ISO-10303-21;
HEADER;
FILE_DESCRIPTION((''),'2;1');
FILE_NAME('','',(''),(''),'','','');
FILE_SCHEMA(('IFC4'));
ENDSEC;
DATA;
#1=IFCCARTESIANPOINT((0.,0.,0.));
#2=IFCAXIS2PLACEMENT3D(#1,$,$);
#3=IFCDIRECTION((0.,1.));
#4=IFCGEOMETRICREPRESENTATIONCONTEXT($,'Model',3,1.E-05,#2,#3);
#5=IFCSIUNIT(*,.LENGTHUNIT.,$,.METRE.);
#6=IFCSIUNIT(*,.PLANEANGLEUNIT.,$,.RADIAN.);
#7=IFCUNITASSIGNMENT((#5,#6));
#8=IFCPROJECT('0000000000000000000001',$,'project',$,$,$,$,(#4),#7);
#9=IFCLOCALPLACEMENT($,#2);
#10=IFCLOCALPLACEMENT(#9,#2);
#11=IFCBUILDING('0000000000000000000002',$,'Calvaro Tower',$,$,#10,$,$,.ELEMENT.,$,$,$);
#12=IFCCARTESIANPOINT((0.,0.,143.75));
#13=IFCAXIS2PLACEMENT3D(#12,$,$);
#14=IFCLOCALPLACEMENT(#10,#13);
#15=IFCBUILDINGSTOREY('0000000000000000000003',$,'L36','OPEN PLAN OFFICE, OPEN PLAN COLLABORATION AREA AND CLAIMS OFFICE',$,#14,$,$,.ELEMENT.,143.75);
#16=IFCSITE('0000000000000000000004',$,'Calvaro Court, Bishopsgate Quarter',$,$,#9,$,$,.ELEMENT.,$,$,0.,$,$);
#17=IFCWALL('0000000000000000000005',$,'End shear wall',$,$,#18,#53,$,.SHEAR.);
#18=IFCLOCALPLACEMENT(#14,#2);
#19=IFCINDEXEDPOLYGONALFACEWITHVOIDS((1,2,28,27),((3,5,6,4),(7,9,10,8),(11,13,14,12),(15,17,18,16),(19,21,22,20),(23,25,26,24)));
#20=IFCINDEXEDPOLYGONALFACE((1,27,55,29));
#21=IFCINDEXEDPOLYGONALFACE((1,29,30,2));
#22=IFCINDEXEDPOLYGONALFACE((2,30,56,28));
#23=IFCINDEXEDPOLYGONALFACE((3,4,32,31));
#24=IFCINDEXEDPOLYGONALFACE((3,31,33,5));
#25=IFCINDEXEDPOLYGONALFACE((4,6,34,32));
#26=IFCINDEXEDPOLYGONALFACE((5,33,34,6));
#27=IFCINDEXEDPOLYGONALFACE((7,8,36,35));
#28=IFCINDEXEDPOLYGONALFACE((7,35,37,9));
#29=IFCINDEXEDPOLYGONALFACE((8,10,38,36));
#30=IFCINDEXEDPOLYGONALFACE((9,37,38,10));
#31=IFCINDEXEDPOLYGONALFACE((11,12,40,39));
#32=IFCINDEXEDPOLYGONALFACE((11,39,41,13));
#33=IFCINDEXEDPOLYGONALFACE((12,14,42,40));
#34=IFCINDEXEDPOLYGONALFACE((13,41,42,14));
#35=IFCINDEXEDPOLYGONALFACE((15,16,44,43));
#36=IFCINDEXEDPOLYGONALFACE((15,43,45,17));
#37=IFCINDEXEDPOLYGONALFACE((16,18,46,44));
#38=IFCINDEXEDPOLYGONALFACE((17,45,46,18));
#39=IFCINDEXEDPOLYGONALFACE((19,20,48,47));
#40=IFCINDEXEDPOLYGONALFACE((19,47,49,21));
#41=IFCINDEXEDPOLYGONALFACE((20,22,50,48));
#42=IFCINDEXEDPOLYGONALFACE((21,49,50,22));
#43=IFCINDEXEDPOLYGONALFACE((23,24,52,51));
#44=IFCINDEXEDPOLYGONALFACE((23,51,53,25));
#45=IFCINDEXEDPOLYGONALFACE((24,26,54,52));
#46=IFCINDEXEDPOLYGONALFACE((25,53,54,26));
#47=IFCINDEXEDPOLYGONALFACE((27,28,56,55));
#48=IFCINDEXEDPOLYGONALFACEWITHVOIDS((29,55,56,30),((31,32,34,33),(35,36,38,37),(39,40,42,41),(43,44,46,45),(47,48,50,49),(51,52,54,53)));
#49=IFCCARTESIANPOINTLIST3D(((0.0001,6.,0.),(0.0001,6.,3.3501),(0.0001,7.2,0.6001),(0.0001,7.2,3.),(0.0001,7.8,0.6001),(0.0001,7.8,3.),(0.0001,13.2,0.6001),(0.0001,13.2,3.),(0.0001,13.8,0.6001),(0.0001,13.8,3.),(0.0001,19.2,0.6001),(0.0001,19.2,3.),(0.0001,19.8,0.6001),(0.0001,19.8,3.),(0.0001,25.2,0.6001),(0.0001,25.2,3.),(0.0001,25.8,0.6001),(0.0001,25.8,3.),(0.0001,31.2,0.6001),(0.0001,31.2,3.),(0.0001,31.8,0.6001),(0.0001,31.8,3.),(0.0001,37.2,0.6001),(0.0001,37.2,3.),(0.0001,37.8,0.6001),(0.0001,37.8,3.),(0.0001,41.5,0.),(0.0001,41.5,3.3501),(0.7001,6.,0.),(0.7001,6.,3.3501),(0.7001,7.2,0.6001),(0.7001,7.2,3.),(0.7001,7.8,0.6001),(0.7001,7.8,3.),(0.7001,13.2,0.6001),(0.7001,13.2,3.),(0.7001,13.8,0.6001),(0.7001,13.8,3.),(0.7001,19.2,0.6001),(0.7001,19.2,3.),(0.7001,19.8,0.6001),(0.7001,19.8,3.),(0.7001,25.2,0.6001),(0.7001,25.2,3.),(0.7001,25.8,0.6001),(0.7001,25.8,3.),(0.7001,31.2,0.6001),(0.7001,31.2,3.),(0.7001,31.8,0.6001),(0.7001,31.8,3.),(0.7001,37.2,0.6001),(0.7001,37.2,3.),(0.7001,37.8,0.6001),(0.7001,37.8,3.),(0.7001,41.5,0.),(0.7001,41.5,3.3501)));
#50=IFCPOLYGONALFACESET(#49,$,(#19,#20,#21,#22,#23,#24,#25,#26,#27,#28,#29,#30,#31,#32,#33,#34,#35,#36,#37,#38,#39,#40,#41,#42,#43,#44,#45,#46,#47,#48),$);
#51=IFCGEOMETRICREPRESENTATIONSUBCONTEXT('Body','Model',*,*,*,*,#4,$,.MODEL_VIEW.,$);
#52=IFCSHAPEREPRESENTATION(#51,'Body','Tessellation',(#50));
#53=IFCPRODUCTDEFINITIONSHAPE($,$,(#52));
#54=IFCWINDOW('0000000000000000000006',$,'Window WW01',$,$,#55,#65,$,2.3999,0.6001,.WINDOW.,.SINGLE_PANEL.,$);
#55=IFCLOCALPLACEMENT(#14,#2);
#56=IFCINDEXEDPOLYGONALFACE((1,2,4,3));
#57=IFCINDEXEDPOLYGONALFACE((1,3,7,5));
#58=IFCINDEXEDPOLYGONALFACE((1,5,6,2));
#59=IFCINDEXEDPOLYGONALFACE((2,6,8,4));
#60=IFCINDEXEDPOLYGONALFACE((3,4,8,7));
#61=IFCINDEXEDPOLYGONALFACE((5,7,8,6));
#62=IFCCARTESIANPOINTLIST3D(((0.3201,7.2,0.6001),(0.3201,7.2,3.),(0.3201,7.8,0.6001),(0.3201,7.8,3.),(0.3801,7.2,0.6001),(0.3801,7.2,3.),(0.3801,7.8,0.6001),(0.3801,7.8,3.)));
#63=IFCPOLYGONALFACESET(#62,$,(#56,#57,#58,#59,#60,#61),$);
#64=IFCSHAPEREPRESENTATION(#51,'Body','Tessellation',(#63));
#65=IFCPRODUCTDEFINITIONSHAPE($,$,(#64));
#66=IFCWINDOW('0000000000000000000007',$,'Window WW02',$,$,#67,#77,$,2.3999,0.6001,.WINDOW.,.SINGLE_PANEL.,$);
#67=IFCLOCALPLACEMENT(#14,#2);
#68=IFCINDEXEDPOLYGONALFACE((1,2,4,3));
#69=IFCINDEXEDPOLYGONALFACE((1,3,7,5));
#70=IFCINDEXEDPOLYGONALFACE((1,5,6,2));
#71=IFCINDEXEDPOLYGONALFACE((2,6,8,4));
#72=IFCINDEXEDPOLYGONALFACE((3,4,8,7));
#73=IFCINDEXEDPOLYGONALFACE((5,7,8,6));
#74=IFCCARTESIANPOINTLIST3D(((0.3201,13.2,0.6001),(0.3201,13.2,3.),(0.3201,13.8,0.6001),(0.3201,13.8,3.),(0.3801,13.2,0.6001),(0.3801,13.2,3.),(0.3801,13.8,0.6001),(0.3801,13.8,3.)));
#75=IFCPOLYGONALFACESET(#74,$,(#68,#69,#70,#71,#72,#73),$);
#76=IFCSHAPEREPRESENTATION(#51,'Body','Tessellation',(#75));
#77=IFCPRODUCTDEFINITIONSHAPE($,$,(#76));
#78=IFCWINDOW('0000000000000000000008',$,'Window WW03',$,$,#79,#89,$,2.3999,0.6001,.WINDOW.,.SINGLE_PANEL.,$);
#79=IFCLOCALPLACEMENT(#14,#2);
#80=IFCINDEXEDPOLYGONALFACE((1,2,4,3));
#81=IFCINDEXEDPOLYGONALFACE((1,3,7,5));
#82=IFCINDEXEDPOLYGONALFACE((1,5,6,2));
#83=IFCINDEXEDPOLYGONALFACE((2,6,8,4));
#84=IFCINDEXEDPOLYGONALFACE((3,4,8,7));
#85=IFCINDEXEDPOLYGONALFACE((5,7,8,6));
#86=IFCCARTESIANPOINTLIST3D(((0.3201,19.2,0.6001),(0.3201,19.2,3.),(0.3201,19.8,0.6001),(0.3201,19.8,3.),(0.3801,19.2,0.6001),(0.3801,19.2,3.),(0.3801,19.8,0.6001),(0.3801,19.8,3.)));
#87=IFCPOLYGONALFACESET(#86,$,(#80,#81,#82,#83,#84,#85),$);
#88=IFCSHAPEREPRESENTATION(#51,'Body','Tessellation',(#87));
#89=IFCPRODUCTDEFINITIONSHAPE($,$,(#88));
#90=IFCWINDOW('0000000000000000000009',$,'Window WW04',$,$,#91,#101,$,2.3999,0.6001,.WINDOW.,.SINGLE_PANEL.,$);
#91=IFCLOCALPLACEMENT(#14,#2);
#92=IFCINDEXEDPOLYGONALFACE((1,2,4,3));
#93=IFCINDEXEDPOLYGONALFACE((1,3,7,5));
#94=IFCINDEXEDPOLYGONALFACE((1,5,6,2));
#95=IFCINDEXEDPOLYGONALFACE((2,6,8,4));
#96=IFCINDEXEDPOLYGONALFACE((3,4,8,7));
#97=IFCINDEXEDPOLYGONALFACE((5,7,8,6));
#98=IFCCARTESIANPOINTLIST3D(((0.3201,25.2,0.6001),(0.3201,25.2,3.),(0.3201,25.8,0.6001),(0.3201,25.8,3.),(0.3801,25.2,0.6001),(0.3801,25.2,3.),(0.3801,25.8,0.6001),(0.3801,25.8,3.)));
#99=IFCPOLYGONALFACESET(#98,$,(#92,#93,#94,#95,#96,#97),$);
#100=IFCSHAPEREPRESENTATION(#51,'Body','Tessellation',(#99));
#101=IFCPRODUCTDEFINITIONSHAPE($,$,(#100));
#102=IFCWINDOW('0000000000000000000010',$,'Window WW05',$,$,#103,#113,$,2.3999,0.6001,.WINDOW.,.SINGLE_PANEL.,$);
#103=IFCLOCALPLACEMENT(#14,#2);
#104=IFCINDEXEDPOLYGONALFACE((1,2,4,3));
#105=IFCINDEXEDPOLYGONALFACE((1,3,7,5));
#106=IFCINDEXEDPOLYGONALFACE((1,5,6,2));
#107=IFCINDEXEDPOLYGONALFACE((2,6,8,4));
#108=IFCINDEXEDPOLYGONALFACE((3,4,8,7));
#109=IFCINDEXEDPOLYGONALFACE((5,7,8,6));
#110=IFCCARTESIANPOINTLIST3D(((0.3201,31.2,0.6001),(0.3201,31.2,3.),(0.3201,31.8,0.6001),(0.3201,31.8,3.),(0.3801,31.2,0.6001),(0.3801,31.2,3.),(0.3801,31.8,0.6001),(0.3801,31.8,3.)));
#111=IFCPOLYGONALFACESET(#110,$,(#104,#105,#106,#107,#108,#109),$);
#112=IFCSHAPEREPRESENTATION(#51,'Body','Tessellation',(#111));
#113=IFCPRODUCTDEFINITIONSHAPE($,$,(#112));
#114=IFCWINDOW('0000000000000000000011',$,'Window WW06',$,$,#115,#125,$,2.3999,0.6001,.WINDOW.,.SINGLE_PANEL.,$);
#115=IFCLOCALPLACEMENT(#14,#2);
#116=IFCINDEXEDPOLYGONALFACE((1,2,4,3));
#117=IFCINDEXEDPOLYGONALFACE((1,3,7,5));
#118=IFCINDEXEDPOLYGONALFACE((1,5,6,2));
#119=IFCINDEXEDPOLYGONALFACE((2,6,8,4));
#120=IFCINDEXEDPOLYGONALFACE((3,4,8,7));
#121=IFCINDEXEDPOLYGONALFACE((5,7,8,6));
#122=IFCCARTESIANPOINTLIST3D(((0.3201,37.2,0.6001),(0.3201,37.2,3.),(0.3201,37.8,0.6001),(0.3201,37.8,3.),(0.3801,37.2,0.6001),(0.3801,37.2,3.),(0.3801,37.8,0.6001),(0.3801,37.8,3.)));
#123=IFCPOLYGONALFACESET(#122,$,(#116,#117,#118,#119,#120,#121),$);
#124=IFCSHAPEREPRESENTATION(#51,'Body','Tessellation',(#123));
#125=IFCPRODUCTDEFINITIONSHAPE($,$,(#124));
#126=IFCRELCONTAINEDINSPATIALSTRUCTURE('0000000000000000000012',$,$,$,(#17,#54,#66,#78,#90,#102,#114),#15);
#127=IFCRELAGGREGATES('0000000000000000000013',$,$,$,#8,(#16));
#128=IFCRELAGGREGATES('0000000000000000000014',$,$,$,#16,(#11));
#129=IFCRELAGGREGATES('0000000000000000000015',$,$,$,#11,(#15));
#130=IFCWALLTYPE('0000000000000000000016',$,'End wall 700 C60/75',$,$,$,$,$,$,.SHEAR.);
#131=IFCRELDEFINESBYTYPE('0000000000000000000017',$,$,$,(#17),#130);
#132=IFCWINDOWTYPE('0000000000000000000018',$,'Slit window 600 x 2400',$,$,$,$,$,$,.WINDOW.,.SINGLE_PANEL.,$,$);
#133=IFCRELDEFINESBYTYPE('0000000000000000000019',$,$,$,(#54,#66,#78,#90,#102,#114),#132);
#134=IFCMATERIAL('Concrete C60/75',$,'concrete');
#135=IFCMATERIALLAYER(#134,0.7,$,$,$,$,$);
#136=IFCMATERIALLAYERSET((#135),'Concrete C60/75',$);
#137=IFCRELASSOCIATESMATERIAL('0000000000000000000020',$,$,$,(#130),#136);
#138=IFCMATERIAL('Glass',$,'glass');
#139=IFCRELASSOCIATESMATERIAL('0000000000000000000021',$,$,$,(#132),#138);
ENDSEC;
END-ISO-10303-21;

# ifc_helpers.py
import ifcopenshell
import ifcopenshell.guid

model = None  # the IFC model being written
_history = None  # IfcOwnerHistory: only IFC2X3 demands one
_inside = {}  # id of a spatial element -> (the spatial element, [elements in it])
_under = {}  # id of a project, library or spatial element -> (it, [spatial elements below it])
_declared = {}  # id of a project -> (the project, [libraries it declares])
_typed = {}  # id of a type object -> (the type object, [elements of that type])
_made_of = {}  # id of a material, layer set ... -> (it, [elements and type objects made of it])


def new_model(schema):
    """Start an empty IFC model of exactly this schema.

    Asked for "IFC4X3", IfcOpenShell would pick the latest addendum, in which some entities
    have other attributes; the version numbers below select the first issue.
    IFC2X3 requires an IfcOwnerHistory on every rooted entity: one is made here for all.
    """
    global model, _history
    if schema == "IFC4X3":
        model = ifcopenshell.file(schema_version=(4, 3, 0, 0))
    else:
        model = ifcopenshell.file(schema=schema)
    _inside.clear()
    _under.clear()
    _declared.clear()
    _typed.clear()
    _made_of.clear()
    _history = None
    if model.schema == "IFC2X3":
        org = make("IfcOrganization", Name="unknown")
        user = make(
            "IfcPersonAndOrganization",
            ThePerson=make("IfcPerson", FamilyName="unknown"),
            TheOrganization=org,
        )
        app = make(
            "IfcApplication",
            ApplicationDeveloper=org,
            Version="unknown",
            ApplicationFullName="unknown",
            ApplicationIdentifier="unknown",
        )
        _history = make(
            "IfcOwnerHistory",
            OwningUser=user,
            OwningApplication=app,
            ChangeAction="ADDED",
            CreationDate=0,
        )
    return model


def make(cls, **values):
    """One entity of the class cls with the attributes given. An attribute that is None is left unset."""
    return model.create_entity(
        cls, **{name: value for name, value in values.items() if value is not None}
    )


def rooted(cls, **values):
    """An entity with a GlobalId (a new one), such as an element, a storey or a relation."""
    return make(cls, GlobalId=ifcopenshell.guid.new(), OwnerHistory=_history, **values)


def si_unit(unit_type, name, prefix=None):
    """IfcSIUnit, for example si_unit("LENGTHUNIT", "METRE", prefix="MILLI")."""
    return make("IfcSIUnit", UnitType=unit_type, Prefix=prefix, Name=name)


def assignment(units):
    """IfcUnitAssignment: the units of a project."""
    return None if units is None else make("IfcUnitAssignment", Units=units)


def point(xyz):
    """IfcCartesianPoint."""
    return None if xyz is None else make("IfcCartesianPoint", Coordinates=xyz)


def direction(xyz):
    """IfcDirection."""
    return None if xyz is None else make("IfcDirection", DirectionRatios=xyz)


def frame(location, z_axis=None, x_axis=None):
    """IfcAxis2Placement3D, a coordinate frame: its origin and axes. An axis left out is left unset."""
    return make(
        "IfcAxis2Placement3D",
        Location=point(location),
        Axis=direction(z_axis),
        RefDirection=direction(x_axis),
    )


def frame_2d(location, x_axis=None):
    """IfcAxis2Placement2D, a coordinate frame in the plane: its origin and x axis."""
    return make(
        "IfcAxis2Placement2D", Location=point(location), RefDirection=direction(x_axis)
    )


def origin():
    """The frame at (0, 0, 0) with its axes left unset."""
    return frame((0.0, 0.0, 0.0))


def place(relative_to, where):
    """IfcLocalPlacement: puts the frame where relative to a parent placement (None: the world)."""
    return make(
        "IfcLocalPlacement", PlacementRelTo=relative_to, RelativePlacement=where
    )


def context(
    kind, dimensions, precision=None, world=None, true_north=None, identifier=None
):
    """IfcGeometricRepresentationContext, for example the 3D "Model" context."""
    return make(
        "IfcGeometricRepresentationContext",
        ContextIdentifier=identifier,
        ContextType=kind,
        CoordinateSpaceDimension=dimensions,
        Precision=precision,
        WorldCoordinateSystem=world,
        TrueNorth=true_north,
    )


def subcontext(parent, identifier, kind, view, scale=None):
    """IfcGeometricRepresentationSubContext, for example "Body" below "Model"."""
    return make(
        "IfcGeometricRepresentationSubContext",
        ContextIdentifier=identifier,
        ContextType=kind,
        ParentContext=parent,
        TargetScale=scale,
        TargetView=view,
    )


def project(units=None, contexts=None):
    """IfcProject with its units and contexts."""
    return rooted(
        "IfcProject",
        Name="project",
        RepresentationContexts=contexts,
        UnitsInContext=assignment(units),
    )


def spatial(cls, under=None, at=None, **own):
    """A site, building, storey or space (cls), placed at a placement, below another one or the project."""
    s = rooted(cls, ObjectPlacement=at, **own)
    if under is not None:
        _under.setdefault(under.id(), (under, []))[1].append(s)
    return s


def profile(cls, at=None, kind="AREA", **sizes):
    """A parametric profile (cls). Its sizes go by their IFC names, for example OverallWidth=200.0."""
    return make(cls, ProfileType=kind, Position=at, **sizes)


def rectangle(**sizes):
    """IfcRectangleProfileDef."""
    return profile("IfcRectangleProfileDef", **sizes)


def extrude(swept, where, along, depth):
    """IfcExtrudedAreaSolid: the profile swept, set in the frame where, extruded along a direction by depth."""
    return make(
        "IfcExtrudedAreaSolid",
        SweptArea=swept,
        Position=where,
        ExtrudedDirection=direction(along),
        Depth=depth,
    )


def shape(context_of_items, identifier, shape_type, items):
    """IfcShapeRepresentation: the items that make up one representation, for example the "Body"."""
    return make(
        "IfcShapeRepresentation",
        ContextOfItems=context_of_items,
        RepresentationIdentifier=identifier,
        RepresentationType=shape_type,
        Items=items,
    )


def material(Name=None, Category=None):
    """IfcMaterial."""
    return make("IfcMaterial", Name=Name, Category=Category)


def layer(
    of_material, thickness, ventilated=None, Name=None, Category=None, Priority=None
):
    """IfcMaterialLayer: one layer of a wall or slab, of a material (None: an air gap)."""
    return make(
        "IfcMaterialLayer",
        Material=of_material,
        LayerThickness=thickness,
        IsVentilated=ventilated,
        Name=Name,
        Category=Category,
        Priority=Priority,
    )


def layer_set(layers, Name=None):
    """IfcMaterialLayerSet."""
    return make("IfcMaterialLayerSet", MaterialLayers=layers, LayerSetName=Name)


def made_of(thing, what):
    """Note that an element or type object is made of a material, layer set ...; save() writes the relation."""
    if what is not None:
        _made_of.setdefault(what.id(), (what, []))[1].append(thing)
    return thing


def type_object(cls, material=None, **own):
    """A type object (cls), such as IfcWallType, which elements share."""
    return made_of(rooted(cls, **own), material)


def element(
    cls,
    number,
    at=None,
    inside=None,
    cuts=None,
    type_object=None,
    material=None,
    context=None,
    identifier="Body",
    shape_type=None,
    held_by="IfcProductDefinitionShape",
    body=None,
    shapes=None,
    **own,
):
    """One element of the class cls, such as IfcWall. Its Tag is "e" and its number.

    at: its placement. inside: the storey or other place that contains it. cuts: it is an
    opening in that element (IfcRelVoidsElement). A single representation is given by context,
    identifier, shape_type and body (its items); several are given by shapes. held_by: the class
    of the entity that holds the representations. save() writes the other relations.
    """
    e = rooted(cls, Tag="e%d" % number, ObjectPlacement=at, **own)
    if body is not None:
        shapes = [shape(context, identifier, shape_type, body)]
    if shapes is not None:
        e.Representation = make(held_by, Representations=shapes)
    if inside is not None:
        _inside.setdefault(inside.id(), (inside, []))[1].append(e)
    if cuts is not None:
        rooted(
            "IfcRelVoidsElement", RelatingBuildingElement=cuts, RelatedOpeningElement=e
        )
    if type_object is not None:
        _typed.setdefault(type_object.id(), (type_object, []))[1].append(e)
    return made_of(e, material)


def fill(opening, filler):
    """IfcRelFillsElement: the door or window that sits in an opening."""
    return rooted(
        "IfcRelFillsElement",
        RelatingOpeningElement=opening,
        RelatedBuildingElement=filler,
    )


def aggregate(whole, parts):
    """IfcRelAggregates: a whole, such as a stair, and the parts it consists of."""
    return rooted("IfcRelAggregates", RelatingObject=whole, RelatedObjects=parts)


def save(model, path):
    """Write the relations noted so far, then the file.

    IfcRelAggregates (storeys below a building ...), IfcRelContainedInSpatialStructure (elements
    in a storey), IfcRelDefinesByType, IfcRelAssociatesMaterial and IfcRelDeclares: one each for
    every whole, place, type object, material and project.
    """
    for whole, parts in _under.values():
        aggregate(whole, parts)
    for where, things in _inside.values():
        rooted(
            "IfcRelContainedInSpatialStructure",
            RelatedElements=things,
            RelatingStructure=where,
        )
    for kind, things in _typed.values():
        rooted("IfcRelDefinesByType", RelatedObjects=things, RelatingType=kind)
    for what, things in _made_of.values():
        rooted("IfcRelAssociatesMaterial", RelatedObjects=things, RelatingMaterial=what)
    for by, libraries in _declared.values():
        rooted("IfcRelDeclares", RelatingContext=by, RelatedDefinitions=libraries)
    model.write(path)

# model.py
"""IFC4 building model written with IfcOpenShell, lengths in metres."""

from ifc_helpers import new_model, si_unit, direction, frame, frame_2d, origin, place, context, subcontext, project, spatial, rectangle, extrude, material, layer, layer_set, type_object, element, fill, save


model = new_model("IFC4")

# Units and contexts
model_context = context("Model", 3, precision=1e-05, world=origin(), true_north=direction((0.0, 1.0)))
body_context = subcontext(model_context, "Body", "Model", "MODEL_VIEW")
ifc_project = project(units=[si_unit("LENGTHUNIT", "METRE"), si_unit("PLANEANGLEUNIT", "RADIAN")], contexts=[model_context])

# Site, building, storey
site_placement = place(None, origin())
site = spatial("IfcSite", under=ifc_project, at=site_placement, Name="Calvaro Court, Bishopsgate Quarter", CompositionType="ELEMENT", RefElevation=0.0)
building_placement = place(site_placement, origin())
building = spatial("IfcBuilding", under=site, at=building_placement, Name="Calvaro Tower", CompositionType="ELEMENT")
storey_placement = place(building_placement, frame((0.0, 0.0, 143.75)))
storey = spatial("IfcBuildingStorey", under=building, at=storey_placement, Name="L36", Description="OPEN PLAN OFFICE, OPEN PLAN COLLABORATION AREA AND CLAIMS OFFICE", CompositionType="ELEMENT", Elevation=143.75)

# Wall, openings, windows
ifc_material_1 = material(Name="Concrete C60/75", Category="concrete")
ifc_layer_1 = layer(ifc_material_1, 0.7)
ifc_layer_set_1 = layer_set([ifc_layer_1], Name="Concrete C60/75")
wall_type = type_object("IfcWallType", Name="End wall 700 C60/75", PredefinedType="SHEAR", material=ifc_layer_set_1)
wall_placement = place(storey_placement, frame((0.3501, 6.0, 0.0), z_axis=(0.0, 0.0, 1.0), x_axis=(0.0, 1.0, 0.0)))
wall = element("IfcWall", 1, at=wall_placement, inside=storey, type_object=wall_type, Name="End shear wall", PredefinedType="SHEAR", context=body_context, shape_type="SweptSolid", body=[
    extrude(rectangle(XDim=35.5, YDim=0.7, at=frame_2d((17.75, 0.0))), origin(), (0.0, 0.0, 1.0), 3.3501),
])
opening_1_placement = place(wall_placement, frame((1.2, 0.0, 0.6001)))
opening_1 = element("IfcOpeningElement", 2, at=opening_1_placement, cuts=wall, PredefinedType="OPENING", context=body_context, shape_type="SweptSolid", body=[
    extrude(rectangle(XDim=0.6001, YDim=2.3999, at=frame_2d((0.3, 1.2))), frame((0.0, 0.3599, 0.0), z_axis=(0.0, -1.0, 0.0), x_axis=(1.0, 0.0, 0.0)), (0.0, 0.0, 1.0), 0.72),
])
opening_2_placement = place(wall_placement, frame((7.2, 0.0, 0.6001)))
opening_2 = element("IfcOpeningElement", 3, at=opening_2_placement, cuts=wall, PredefinedType="OPENING", context=body_context, shape_type="SweptSolid", body=[
    extrude(rectangle(XDim=0.6001, YDim=2.3999, at=frame_2d((0.3, 1.2))), frame((0.0, 0.3599, 0.0), z_axis=(0.0, -1.0, 0.0), x_axis=(1.0, 0.0, 0.0)), (0.0, 0.0, 1.0), 0.72),
])
opening_3_placement = place(wall_placement, frame((13.2, 0.0, 0.6001)))
opening_3 = element("IfcOpeningElement", 4, at=opening_3_placement, cuts=wall, PredefinedType="OPENING", context=body_context, shape_type="SweptSolid", body=[
    extrude(rectangle(XDim=0.6001, YDim=2.3999, at=frame_2d((0.3, 1.2))), frame((0.0, 0.3599, 0.0), z_axis=(0.0, -1.0, 0.0), x_axis=(1.0, 0.0, 0.0)), (0.0, 0.0, 1.0), 0.72),
])
opening_4_placement = place(wall_placement, frame((19.2, 0.0, 0.6001)))
opening_4 = element("IfcOpeningElement", 5, at=opening_4_placement, cuts=wall, PredefinedType="OPENING", context=body_context, shape_type="SweptSolid", body=[
    extrude(rectangle(XDim=0.6001, YDim=2.3999, at=frame_2d((0.3, 1.2))), frame((0.0, 0.3599, 0.0), z_axis=(0.0, -1.0, 0.0), x_axis=(1.0, 0.0, 0.0)), (0.0, 0.0, 1.0), 0.72),
])
opening_5_placement = place(wall_placement, frame((25.2, 0.0, 0.6001)))
opening_5 = element("IfcOpeningElement", 6, at=opening_5_placement, cuts=wall, PredefinedType="OPENING", context=body_context, shape_type="SweptSolid", body=[
    extrude(rectangle(XDim=0.6001, YDim=2.3999, at=frame_2d((0.3, 1.2))), frame((0.0, 0.3599, 0.0), z_axis=(0.0, -1.0, 0.0), x_axis=(1.0, 0.0, 0.0)), (0.0, 0.0, 1.0), 0.72),
])
opening_6_placement = place(wall_placement, frame((31.2, 0.0, 0.6001)))
opening_6 = element("IfcOpeningElement", 7, at=opening_6_placement, cuts=wall, PredefinedType="OPENING", context=body_context, shape_type="SweptSolid", body=[
    extrude(rectangle(XDim=0.6001, YDim=2.3999, at=frame_2d((0.3, 1.2))), frame((0.0, 0.3599, 0.0), z_axis=(0.0, -1.0, 0.0), x_axis=(1.0, 0.0, 0.0)), (0.0, 0.0, 1.0), 0.72),
])
ifc_material_2 = material(Name="Glass", Category="glass")
window_type = type_object("IfcWindowType", Name="Slit window 600 x 2400", PartitioningType="SINGLE_PANEL", PredefinedType="WINDOW", material=ifc_material_2)
window_1_placement = place(opening_1_placement, origin())
window_1 = element("IfcWindow", 8, at=window_1_placement, inside=storey, type_object=window_type, Name="Window WW01", OverallHeight=2.3999, OverallWidth=0.6001, PartitioningType="SINGLE_PANEL", PredefinedType="WINDOW", context=body_context, shape_type="SweptSolid", body=[
    extrude(rectangle(XDim=0.6001, YDim=2.3999, at=frame_2d((0.3, 1.2))), frame((0.0, 0.03, 0.0), z_axis=(0.0, -1.0, 0.0), x_axis=(1.0, 0.0, 0.0)), (0.0, 0.0, 1.0), 0.0601),
])
fill(opening_1, window_1)
window_2_placement = place(opening_2_placement, origin())
window_2 = element("IfcWindow", 9, at=window_2_placement, inside=storey, type_object=window_type, Name="Window WW02", OverallHeight=2.3999, OverallWidth=0.6001, PartitioningType="SINGLE_PANEL", PredefinedType="WINDOW", context=body_context, shape_type="SweptSolid", body=[
    extrude(rectangle(XDim=0.6001, YDim=2.3999, at=frame_2d((0.3, 1.2))), frame((0.0, 0.03, 0.0), z_axis=(0.0, -1.0, 0.0), x_axis=(1.0, 0.0, 0.0)), (0.0, 0.0, 1.0), 0.0601),
])
fill(opening_2, window_2)
window_3_placement = place(opening_3_placement, origin())
window_3 = element("IfcWindow", 10, at=window_3_placement, inside=storey, type_object=window_type, Name="Window WW03", OverallHeight=2.3999, OverallWidth=0.6001, PartitioningType="SINGLE_PANEL", PredefinedType="WINDOW", context=body_context, shape_type="SweptSolid", body=[
    extrude(rectangle(XDim=0.6001, YDim=2.3999, at=frame_2d((0.3, 1.2))), frame((0.0, 0.03, 0.0), z_axis=(0.0, -1.0, 0.0), x_axis=(1.0, 0.0, 0.0)), (0.0, 0.0, 1.0), 0.0601),
])
fill(opening_3, window_3)
window_4_placement = place(opening_4_placement, origin())
window_4 = element("IfcWindow", 11, at=window_4_placement, inside=storey, type_object=window_type, Name="Window WW04", OverallHeight=2.3999, OverallWidth=0.6001, PartitioningType="SINGLE_PANEL", PredefinedType="WINDOW", context=body_context, shape_type="SweptSolid", body=[
    extrude(rectangle(XDim=0.6001, YDim=2.3999, at=frame_2d((0.3, 1.2))), frame((0.0, 0.03, 0.0), z_axis=(0.0, -1.0, 0.0), x_axis=(1.0, 0.0, 0.0)), (0.0, 0.0, 1.0), 0.0601),
])
fill(opening_4, window_4)
window_5_placement = place(opening_5_placement, origin())
window_5 = element("IfcWindow", 12, at=window_5_placement, inside=storey, type_object=window_type, Name="Window WW05", OverallHeight=2.3999, OverallWidth=0.6001, PartitioningType="SINGLE_PANEL", PredefinedType="WINDOW", context=body_context, shape_type="SweptSolid", body=[
    extrude(rectangle(XDim=0.6001, YDim=2.3999, at=frame_2d((0.3, 1.2))), frame((0.0, 0.03, 0.0), z_axis=(0.0, -1.0, 0.0), x_axis=(1.0, 0.0, 0.0)), (0.0, 0.0, 1.0), 0.0601),
])
fill(opening_5, window_5)
window_6_placement = place(opening_6_placement, origin())
window_6 = element("IfcWindow", 13, at=window_6_placement, inside=storey, type_object=window_type, Name="Window WW06", OverallHeight=2.3999, OverallWidth=0.6001, PartitioningType="SINGLE_PANEL", PredefinedType="WINDOW", context=body_context, shape_type="SweptSolid", body=[
    extrude(rectangle(XDim=0.6001, YDim=2.3999, at=frame_2d((0.3, 1.2))), frame((0.0, 0.03, 0.0), z_axis=(0.0, -1.0, 0.0), x_axis=(1.0, 0.0, 0.0)), (0.0, 0.0, 1.0), 0.0601),
])
fill(opening_6, window_6)

save(model, "model.ifc")
